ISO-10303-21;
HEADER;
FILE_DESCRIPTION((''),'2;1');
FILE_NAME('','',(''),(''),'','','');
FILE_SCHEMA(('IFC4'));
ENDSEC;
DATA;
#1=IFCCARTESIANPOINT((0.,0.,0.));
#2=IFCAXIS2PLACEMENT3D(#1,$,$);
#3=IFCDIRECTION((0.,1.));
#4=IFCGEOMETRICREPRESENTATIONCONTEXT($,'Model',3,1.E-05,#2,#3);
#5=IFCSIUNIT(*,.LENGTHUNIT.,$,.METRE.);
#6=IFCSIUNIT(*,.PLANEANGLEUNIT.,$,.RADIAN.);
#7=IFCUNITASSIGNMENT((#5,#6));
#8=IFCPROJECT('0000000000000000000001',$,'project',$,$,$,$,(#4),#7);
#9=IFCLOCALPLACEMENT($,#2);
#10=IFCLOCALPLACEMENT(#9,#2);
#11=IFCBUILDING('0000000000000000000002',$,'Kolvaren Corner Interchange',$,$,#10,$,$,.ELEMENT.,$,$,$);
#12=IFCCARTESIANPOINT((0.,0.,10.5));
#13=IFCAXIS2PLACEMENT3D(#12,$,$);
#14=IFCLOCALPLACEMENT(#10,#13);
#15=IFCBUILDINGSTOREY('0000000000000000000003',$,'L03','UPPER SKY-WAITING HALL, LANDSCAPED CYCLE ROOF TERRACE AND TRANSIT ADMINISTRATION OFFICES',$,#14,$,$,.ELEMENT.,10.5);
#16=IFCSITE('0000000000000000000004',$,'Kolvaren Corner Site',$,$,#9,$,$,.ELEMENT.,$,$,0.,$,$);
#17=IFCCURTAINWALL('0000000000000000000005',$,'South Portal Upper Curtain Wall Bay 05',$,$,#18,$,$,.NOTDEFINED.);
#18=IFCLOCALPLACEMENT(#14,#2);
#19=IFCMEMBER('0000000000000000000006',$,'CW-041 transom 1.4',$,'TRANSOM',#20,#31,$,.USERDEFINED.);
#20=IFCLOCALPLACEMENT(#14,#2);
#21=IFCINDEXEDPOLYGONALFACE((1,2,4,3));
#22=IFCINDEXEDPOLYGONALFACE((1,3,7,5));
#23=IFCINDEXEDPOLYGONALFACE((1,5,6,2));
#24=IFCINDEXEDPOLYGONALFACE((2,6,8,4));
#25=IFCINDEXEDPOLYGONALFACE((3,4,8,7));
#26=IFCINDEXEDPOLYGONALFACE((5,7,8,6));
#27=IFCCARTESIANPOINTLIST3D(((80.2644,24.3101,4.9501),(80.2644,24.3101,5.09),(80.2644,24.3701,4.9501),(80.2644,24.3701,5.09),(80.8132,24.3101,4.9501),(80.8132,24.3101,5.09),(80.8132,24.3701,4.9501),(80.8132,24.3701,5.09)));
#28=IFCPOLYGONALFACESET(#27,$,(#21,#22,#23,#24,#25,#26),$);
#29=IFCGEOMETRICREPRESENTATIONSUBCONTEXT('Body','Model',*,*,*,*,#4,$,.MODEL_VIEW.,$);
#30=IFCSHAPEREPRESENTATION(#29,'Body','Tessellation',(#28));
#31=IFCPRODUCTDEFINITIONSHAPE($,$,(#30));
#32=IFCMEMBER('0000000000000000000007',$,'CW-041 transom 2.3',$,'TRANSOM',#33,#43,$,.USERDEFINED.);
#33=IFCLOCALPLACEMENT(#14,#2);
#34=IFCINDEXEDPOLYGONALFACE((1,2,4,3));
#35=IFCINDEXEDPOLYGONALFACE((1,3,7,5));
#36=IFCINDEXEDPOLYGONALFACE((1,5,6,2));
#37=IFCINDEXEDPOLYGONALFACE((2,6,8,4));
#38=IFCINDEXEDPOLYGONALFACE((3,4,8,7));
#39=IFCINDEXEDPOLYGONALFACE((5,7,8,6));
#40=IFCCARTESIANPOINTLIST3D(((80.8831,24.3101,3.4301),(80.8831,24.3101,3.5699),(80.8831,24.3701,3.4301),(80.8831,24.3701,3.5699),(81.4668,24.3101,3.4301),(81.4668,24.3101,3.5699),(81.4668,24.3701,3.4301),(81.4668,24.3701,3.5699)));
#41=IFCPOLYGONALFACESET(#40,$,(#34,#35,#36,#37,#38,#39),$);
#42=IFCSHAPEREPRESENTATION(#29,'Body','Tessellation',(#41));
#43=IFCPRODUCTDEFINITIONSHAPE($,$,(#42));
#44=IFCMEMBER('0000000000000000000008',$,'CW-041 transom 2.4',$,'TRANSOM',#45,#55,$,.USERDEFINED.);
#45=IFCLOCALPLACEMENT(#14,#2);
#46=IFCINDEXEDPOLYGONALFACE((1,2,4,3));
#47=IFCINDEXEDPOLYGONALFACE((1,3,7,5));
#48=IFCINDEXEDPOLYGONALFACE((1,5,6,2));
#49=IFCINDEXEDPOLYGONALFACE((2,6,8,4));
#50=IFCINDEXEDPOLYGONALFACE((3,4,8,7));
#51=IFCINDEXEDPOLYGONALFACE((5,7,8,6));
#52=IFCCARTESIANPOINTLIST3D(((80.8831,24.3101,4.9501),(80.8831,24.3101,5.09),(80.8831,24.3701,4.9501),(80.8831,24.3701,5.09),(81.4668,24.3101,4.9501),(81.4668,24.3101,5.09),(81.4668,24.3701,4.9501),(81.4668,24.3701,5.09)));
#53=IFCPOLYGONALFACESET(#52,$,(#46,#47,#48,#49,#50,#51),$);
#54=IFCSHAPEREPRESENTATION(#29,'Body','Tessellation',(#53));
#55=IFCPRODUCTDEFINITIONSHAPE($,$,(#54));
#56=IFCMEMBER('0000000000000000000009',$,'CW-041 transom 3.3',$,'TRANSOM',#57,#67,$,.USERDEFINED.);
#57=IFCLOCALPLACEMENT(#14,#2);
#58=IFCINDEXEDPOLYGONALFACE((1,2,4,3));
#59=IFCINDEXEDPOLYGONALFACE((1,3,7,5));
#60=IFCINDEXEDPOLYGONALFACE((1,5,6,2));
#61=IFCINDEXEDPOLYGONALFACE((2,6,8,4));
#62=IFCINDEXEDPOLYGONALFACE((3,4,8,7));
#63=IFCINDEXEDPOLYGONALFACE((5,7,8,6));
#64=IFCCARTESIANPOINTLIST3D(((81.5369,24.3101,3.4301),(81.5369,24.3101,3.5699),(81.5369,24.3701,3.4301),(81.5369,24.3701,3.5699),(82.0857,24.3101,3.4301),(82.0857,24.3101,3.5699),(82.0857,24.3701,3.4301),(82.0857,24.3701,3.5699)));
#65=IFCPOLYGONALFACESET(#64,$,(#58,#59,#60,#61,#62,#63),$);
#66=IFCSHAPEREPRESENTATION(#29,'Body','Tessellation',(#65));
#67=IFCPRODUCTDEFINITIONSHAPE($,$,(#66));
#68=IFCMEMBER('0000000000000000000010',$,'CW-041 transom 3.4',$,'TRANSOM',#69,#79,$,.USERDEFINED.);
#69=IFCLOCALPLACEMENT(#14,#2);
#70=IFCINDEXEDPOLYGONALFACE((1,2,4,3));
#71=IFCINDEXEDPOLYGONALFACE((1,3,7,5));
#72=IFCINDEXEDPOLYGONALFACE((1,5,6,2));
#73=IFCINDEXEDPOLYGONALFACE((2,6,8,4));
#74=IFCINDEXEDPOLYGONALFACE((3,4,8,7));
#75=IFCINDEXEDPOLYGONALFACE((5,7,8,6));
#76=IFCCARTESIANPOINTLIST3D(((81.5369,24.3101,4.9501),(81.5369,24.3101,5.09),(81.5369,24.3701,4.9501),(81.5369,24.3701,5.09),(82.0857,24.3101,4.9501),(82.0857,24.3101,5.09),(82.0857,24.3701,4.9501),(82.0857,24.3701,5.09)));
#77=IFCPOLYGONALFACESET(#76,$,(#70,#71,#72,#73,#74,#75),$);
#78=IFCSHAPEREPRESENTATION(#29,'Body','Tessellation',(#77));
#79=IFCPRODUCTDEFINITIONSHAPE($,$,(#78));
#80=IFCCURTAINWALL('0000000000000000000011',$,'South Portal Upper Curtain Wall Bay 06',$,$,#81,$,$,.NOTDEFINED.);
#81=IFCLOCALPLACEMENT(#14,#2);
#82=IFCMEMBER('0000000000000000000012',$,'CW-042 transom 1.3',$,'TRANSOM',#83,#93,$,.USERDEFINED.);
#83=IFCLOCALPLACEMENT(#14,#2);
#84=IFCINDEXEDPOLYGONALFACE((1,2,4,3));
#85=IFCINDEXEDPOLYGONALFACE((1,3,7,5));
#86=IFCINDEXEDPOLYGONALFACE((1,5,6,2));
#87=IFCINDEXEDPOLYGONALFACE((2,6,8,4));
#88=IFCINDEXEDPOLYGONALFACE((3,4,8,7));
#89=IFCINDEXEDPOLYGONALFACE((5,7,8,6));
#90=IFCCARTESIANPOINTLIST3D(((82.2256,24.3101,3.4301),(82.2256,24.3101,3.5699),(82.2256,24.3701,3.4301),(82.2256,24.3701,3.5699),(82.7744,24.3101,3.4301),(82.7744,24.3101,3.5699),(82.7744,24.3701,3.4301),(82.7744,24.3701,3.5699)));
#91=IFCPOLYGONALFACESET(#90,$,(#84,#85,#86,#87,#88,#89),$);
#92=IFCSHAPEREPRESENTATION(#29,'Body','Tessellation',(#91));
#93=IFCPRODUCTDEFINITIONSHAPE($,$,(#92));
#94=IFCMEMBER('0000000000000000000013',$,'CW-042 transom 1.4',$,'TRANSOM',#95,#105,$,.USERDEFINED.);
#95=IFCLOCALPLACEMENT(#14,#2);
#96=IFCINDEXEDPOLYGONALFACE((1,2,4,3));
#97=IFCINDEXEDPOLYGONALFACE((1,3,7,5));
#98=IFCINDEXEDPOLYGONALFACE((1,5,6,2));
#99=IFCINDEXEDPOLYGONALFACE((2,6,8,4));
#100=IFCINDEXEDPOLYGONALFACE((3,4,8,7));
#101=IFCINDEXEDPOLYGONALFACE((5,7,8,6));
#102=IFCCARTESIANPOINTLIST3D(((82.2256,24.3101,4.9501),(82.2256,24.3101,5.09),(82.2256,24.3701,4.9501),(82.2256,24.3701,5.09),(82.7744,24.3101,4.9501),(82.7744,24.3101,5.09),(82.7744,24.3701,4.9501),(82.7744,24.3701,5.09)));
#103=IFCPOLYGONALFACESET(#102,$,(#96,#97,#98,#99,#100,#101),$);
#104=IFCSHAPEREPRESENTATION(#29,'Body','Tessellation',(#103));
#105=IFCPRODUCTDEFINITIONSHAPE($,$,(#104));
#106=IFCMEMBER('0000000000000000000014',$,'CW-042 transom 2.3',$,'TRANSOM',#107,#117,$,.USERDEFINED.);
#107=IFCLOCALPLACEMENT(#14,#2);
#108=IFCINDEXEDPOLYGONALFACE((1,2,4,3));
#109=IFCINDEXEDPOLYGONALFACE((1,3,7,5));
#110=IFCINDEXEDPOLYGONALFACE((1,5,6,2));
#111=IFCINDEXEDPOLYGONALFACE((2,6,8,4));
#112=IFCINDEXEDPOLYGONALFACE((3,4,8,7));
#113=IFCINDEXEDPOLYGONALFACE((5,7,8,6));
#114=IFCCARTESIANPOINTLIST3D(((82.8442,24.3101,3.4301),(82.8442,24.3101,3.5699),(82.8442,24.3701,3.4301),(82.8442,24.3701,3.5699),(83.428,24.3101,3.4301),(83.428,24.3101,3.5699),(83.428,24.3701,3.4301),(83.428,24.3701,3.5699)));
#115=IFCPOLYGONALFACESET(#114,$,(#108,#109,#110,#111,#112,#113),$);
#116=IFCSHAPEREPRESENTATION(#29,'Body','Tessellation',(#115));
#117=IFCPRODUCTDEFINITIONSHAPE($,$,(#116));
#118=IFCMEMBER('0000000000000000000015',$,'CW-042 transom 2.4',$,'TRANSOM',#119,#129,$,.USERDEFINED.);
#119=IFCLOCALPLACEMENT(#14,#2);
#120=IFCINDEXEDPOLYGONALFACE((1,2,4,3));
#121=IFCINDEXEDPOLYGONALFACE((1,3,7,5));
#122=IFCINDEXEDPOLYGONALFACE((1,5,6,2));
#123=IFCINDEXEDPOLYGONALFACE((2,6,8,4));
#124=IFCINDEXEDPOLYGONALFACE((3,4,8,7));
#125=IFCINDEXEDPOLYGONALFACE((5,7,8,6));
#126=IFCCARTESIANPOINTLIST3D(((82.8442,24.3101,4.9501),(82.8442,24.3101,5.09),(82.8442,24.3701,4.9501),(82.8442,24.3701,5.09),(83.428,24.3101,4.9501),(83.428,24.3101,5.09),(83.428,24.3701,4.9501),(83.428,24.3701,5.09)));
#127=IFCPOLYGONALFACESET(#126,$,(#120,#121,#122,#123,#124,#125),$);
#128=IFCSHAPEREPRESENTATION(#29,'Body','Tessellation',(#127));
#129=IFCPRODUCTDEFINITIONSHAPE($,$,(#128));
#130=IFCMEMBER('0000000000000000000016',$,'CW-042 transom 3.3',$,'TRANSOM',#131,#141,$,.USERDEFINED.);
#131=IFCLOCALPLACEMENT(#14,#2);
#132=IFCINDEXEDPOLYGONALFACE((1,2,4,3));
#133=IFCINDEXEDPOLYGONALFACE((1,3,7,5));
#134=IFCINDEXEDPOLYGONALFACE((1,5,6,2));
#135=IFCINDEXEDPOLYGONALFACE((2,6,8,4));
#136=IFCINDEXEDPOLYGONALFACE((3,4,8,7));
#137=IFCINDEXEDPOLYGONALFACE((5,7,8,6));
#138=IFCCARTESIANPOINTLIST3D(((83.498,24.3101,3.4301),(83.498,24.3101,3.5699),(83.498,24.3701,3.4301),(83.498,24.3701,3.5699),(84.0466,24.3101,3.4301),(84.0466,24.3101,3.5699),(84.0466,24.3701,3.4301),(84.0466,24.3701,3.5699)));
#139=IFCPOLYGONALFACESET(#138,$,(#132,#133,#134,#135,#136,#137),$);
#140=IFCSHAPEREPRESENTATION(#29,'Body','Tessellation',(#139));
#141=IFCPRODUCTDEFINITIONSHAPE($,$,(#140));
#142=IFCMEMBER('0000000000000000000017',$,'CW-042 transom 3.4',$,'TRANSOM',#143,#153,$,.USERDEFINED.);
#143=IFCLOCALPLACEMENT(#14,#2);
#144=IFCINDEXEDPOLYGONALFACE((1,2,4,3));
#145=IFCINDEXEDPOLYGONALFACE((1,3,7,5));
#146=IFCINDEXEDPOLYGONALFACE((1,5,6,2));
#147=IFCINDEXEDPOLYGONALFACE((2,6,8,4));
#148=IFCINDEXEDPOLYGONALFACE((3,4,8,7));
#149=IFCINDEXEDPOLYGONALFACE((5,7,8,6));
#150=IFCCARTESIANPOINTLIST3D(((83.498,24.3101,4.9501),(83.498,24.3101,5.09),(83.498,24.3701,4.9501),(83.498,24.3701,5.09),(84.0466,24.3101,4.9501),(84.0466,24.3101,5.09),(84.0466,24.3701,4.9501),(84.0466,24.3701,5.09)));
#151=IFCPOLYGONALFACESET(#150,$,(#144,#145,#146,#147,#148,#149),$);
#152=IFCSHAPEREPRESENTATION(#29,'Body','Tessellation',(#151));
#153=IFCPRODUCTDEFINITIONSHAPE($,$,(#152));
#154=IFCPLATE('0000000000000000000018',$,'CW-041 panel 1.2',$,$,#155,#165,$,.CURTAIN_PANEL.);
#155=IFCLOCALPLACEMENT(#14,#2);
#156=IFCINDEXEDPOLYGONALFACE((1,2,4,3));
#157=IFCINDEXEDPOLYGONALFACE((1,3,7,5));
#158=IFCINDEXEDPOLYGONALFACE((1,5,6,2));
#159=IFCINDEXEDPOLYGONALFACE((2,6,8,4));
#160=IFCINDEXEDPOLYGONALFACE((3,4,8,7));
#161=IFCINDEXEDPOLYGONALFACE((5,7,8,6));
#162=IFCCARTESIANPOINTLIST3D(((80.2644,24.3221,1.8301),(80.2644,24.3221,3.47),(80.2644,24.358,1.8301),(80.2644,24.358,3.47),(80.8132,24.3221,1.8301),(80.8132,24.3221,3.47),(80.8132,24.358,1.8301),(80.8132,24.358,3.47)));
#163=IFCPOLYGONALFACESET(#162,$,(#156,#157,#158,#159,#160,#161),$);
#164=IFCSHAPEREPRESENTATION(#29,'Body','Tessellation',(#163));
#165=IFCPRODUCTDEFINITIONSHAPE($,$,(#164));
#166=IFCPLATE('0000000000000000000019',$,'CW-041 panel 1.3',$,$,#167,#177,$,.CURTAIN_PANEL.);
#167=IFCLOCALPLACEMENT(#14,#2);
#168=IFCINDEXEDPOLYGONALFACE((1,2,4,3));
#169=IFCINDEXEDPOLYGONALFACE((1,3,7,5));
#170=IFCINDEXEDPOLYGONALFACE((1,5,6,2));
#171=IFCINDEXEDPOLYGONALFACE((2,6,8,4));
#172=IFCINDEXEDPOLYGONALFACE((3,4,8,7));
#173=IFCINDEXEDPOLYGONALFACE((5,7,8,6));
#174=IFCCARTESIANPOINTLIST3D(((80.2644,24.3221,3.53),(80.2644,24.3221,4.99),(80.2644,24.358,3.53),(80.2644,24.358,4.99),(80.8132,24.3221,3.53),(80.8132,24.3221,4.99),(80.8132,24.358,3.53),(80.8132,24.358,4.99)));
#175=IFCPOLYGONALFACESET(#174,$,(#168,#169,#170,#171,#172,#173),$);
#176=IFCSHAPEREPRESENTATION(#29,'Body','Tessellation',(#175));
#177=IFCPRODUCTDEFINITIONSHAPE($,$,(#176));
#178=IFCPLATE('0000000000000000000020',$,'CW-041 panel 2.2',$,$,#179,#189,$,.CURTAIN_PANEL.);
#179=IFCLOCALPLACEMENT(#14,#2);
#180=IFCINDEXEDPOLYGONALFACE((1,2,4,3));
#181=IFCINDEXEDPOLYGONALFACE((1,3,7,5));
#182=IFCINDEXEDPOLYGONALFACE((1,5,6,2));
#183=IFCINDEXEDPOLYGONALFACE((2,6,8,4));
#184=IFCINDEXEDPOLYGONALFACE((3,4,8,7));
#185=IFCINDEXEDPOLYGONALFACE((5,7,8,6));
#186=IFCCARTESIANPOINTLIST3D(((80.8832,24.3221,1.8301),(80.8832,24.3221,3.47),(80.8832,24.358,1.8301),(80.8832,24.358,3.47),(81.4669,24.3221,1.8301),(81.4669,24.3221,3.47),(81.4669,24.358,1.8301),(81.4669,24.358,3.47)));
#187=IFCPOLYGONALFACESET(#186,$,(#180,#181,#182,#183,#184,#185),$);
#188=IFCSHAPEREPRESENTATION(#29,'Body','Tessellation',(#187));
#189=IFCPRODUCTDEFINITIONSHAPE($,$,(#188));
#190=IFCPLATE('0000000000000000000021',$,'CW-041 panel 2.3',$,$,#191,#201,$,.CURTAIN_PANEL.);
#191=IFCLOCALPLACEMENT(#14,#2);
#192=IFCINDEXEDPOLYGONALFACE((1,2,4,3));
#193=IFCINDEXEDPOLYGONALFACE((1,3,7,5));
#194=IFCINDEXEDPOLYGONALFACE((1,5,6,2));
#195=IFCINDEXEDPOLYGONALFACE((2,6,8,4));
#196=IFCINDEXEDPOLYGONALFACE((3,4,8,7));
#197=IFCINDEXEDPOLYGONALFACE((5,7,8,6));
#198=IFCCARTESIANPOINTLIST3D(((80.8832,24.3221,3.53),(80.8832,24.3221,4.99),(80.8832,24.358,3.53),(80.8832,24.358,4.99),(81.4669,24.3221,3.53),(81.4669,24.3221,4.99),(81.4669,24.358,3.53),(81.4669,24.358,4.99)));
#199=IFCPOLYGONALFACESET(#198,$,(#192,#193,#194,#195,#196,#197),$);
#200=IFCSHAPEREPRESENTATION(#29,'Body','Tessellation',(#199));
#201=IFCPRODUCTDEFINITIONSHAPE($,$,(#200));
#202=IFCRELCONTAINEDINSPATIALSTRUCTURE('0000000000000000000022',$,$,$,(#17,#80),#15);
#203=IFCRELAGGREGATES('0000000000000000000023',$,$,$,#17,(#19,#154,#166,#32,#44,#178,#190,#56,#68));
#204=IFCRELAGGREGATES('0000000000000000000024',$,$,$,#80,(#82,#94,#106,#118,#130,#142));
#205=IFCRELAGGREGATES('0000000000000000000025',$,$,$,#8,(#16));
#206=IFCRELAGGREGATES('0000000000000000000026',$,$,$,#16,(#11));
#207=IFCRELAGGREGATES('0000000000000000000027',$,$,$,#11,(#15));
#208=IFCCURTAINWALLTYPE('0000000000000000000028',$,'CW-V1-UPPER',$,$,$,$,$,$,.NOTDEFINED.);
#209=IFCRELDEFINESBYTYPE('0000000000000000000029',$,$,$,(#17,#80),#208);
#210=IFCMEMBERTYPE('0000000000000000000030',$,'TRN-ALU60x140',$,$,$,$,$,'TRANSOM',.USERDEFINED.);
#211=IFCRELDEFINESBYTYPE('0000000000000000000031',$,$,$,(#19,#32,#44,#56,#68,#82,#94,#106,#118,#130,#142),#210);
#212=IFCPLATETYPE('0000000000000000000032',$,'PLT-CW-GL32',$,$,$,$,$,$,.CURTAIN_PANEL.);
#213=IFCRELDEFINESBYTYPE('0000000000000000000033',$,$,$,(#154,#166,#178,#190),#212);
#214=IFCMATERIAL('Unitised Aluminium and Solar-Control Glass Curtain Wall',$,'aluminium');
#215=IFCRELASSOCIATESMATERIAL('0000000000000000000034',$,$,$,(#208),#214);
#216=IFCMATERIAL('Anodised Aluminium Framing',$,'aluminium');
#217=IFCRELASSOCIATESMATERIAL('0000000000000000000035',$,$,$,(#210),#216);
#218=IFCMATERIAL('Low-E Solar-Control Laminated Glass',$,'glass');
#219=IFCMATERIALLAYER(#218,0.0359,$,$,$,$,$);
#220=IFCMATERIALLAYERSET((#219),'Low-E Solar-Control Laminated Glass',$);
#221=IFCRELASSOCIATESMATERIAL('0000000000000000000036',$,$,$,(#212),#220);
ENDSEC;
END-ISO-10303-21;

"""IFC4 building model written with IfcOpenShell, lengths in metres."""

from ifc_helpers import new_model, si_unit, direction, frame, origin, origin_2d, place, context, subcontext, project, spatial, rectangle, extrude, material, layer, layer_set, material_profile, profile_set, type_object, element, aggregate, save


model = new_model("IFC4")

# Units and contexts
model_context = context("Model", 3, precision=1e-05, world=origin(), true_north=direction((0.0, 1.0)))
body_context = subcontext(model_context, "Body", "Model", "MODEL_VIEW")
ifc_project = project(units=[si_unit("LENGTHUNIT", "METRE"), si_unit("PLANEANGLEUNIT", "RADIAN")], contexts=[model_context])

# Site, building, storey
site_placement = place(None, origin())
site = spatial("IfcSite", under=ifc_project, at=site_placement, Name="Kolvaren Corner Site", CompositionType="ELEMENT", RefElevation=0.0)
building_placement = place(site_placement, origin())
building = spatial("IfcBuilding", under=site, at=building_placement, Name="Kolvaren Corner Interchange", CompositionType="ELEMENT")
storey_placement = place(building_placement, frame((0.0, 0.0, 10.5)))
storey = spatial("IfcBuildingStorey", under=building, at=storey_placement, Name="L03", Description="UPPER SKY-WAITING HALL, LANDSCAPED CYCLE ROOF TERRACE AND TRANSIT ADMINISTRATION OFFICES", CompositionType="ELEMENT", Elevation=10.5)

# Curtain walls, members
ifc_material_1 = material(Name="Unitised Aluminium and Solar-Control Glass Curtain Wall", Category="aluminium")
curtain_wall_type = type_object("IfcCurtainWallType", Name="CW-V1-UPPER", PredefinedType="NOTDEFINED", material=ifc_material_1)
curtain_wall_1_placement = place(storey_placement, origin())
curtain_wall_1 = element("IfcCurtainWall", 1, at=curtain_wall_1_placement, inside=storey, type_object=curtain_wall_type, Name="South Portal Upper Curtain Wall Bay 05", PredefinedType="NOTDEFINED")
ifc_material_2 = material(Name="Anodised Aluminium Framing", Category="aluminium")
ifc_material_profile = material_profile(ifc_material_2, rectangle(XDim=0.0601, YDim=0.1399, at=origin_2d()), Name="ALU 60x140")
ifc_profile_set = profile_set([ifc_material_profile], Name="Anodised Aluminium Framing")
member_type = type_object("IfcMemberType", Name="TRN-ALU60x140", ElementType="TRANSOM", PredefinedType="USERDEFINED", material=ifc_profile_set)
member_1_placement = place(storey_placement, frame((80.2644, 24.3401, 5.02), z_axis=(1.0, 0.0, 0.0), x_axis=(0.0, 1.0, 0.0)))
member_1 = element("IfcMember", 2, at=member_1_placement, type_object=member_type, Name="CW-041 transom 1.4", ObjectType="TRANSOM", PredefinedType="USERDEFINED", context=body_context, shape_type="SweptSolid", body=[
    extrude(rectangle(XDim=0.0601, YDim=0.1399, at=origin_2d()), origin(), (0.0, 0.0, 1.0), 0.5488),
])
member_2_placement = place(storey_placement, frame((80.8831, 24.3401, 3.5), z_axis=(1.0, 0.0, 0.0), x_axis=(0.0, 1.0, 0.0)))
member_2 = element("IfcMember", 3, at=member_2_placement, type_object=member_type, Name="CW-041 transom 2.3", ObjectType="TRANSOM", PredefinedType="USERDEFINED", context=body_context, shape_type="SweptSolid", body=[
    extrude(rectangle(XDim=0.0601, YDim=0.1399, at=origin_2d()), origin(), (0.0, 0.0, 1.0), 0.5837),
])
member_3_placement = place(storey_placement, frame((80.8831, 24.3401, 5.02), z_axis=(1.0, 0.0, 0.0), x_axis=(0.0, 1.0, 0.0)))
member_3 = element("IfcMember", 4, at=member_3_placement, type_object=member_type, Name="CW-041 transom 2.4", ObjectType="TRANSOM", PredefinedType="USERDEFINED", context=body_context, shape_type="SweptSolid", body=[
    extrude(rectangle(XDim=0.0601, YDim=0.1399, at=origin_2d()), origin(), (0.0, 0.0, 1.0), 0.5837),
])
member_4_placement = place(storey_placement, frame((81.5369, 24.3401, 3.5), z_axis=(1.0, 0.0, 0.0), x_axis=(0.0, 1.0, 0.0)))
member_4 = element("IfcMember", 5, at=member_4_placement, type_object=member_type, Name="CW-041 transom 3.3", ObjectType="TRANSOM", PredefinedType="USERDEFINED", context=body_context, shape_type="SweptSolid", body=[
    extrude(rectangle(XDim=0.0601, YDim=0.1399, at=origin_2d()), origin(), (0.0, 0.0, 1.0), 0.5488),
])
member_5_placement = place(storey_placement, frame((81.5369, 24.3401, 5.02), z_axis=(1.0, 0.0, 0.0), x_axis=(0.0, 1.0, 0.0)))
member_5 = element("IfcMember", 6, at=member_5_placement, type_object=member_type, Name="CW-041 transom 3.4", ObjectType="TRANSOM", PredefinedType="USERDEFINED", context=body_context, shape_type="SweptSolid", body=[
    extrude(rectangle(XDim=0.0601, YDim=0.1399, at=origin_2d()), origin(), (0.0, 0.0, 1.0), 0.5488),
])
curtain_wall_2_placement = place(storey_placement, origin())
curtain_wall_2 = element("IfcCurtainWall", 7, at=curtain_wall_2_placement, inside=storey, type_object=curtain_wall_type, Name="South Portal Upper Curtain Wall Bay 06", PredefinedType="NOTDEFINED")
member_6_placement = place(storey_placement, frame((82.2256, 24.3401, 3.5), z_axis=(1.0, 0.0, 0.0), x_axis=(0.0, 1.0, 0.0)))
member_6 = element("IfcMember", 8, at=member_6_placement, type_object=member_type, Name="CW-042 transom 1.3", ObjectType="TRANSOM", PredefinedType="USERDEFINED", context=body_context, shape_type="SweptSolid", body=[
    extrude(rectangle(XDim=0.0601, YDim=0.1399, at=origin_2d()), origin(), (0.0, 0.0, 1.0), 0.5488),
])
member_7_placement = place(storey_placement, frame((82.2256, 24.3401, 5.02), z_axis=(1.0, 0.0, 0.0), x_axis=(0.0, 1.0, 0.0)))
member_7 = element("IfcMember", 9, at=member_7_placement, type_object=member_type, Name="CW-042 transom 1.4", ObjectType="TRANSOM", PredefinedType="USERDEFINED", context=body_context, shape_type="SweptSolid", body=[
    extrude(rectangle(XDim=0.0601, YDim=0.1399, at=origin_2d()), origin(), (0.0, 0.0, 1.0), 0.5488),
])
member_8_placement = place(storey_placement, frame((82.8442, 24.3401, 3.5), z_axis=(1.0, 0.0, 0.0), x_axis=(0.0, 1.0, 0.0)))
member_8 = element("IfcMember", 10, at=member_8_placement, type_object=member_type, Name="CW-042 transom 2.3", ObjectType="TRANSOM", PredefinedType="USERDEFINED", context=body_context, shape_type="SweptSolid", body=[
    extrude(rectangle(XDim=0.0601, YDim=0.1399, at=origin_2d()), origin(), (0.0, 0.0, 1.0), 0.5837),
])
member_9_placement = place(storey_placement, frame((82.8442, 24.3401, 5.02), z_axis=(1.0, 0.0, 0.0), x_axis=(0.0, 1.0, 0.0)))
member_9 = element("IfcMember", 11, at=member_9_placement, type_object=member_type, Name="CW-042 transom 2.4", ObjectType="TRANSOM", PredefinedType="USERDEFINED", context=body_context, shape_type="SweptSolid", body=[
    extrude(rectangle(XDim=0.0601, YDim=0.1399, at=origin_2d()), origin(), (0.0, 0.0, 1.0), 0.5837),
])
member_10_placement = place(storey_placement, frame((83.498, 24.3401, 3.5), z_axis=(1.0, 0.0, 0.0), x_axis=(0.0, 1.0, 0.0)))
member_10 = element("IfcMember", 12, at=member_10_placement, type_object=member_type, Name="CW-042 transom 3.3", ObjectType="TRANSOM", PredefinedType="USERDEFINED", context=body_context, shape_type="SweptSolid", body=[
    extrude(rectangle(XDim=0.0601, YDim=0.1399, at=origin_2d()), origin(), (0.0, 0.0, 1.0), 0.5486),
])
member_11_placement = place(storey_placement, frame((83.498, 24.3401, 5.02), z_axis=(1.0, 0.0, 0.0), x_axis=(0.0, 1.0, 0.0)))
member_11 = element("IfcMember", 13, at=member_11_placement, type_object=member_type, Name="CW-042 transom 3.4", ObjectType="TRANSOM", PredefinedType="USERDEFINED", context=body_context, shape_type="SweptSolid", body=[
    extrude(rectangle(XDim=0.0601, YDim=0.1399, at=origin_2d()), origin(), (0.0, 0.0, 1.0), 0.5486),
])

# Plates
ifc_material_3 = material(Name="Low-E Solar-Control Laminated Glass", Category="glass")
ifc_layer = layer(ifc_material_3, 0.0359)
ifc_layer_set = layer_set([ifc_layer], Name="Low-E Solar-Control Laminated Glass")
plate_type = type_object("IfcPlateType", Name="PLT-CW-GL32", PredefinedType="CURTAIN_PANEL", material=ifc_layer_set)
plate_1_placement = place(storey_placement, frame((80.5388, 24.3401, 1.8301), z_axis=(0.0, 0.0, 1.0), x_axis=(1.0, 0.0, 0.0)))
plate_1 = element("IfcPlate", 14, at=plate_1_placement, type_object=plate_type, Name="CW-041 panel 1.2", PredefinedType="CURTAIN_PANEL", context=body_context, shape_type="SweptSolid", body=[
    extrude(rectangle(XDim=0.5488, YDim=0.0359, at=origin_2d()), origin(), (0.0, 0.0, 1.0), 1.6399),
])
plate_2_placement = place(storey_placement, frame((80.5388, 24.3401, 3.53), z_axis=(0.0, 0.0, 1.0), x_axis=(1.0, 0.0, 0.0)))
plate_2 = element("IfcPlate", 15, at=plate_2_placement, type_object=plate_type, Name="CW-041 panel 1.3", PredefinedType="CURTAIN_PANEL", context=body_context, shape_type="SweptSolid", body=[
    extrude(rectangle(XDim=0.5488, YDim=0.0359, at=origin_2d()), origin(), (0.0, 0.0, 1.0), 1.46),
])
plate_3_placement = place(storey_placement, frame((81.175, 24.3401, 1.8301), z_axis=(0.0, 0.0, 1.0), x_axis=(1.0, 0.0, 0.0)))
plate_3 = element("IfcPlate", 16, at=plate_3_placement, type_object=plate_type, Name="CW-041 panel 2.2", PredefinedType="CURTAIN_PANEL", context=body_context, shape_type="SweptSolid", body=[
    extrude(rectangle(XDim=0.5837, YDim=0.0359, at=origin_2d()), origin(), (0.0, 0.0, 1.0), 1.6399),
])
plate_4_placement = place(storey_placement, frame((81.175, 24.3401, 3.53), z_axis=(0.0, 0.0, 1.0), x_axis=(1.0, 0.0, 0.0)))
plate_4 = element("IfcPlate", 17, at=plate_4_placement, type_object=plate_type, Name="CW-041 panel 2.3", PredefinedType="CURTAIN_PANEL", context=body_context, shape_type="SweptSolid", body=[
    extrude(rectangle(XDim=0.5837, YDim=0.0359, at=origin_2d()), origin(), (0.0, 0.0, 1.0), 1.46),
])
aggregate(curtain_wall_1, [member_1, plate_1, plate_2, member_2, member_3, plate_3, plate_4, member_4, member_5])
aggregate(curtain_wall_2, [member_6, member_7, member_8, member_9, member_10, member_11])

save(model, "model.ifc")
